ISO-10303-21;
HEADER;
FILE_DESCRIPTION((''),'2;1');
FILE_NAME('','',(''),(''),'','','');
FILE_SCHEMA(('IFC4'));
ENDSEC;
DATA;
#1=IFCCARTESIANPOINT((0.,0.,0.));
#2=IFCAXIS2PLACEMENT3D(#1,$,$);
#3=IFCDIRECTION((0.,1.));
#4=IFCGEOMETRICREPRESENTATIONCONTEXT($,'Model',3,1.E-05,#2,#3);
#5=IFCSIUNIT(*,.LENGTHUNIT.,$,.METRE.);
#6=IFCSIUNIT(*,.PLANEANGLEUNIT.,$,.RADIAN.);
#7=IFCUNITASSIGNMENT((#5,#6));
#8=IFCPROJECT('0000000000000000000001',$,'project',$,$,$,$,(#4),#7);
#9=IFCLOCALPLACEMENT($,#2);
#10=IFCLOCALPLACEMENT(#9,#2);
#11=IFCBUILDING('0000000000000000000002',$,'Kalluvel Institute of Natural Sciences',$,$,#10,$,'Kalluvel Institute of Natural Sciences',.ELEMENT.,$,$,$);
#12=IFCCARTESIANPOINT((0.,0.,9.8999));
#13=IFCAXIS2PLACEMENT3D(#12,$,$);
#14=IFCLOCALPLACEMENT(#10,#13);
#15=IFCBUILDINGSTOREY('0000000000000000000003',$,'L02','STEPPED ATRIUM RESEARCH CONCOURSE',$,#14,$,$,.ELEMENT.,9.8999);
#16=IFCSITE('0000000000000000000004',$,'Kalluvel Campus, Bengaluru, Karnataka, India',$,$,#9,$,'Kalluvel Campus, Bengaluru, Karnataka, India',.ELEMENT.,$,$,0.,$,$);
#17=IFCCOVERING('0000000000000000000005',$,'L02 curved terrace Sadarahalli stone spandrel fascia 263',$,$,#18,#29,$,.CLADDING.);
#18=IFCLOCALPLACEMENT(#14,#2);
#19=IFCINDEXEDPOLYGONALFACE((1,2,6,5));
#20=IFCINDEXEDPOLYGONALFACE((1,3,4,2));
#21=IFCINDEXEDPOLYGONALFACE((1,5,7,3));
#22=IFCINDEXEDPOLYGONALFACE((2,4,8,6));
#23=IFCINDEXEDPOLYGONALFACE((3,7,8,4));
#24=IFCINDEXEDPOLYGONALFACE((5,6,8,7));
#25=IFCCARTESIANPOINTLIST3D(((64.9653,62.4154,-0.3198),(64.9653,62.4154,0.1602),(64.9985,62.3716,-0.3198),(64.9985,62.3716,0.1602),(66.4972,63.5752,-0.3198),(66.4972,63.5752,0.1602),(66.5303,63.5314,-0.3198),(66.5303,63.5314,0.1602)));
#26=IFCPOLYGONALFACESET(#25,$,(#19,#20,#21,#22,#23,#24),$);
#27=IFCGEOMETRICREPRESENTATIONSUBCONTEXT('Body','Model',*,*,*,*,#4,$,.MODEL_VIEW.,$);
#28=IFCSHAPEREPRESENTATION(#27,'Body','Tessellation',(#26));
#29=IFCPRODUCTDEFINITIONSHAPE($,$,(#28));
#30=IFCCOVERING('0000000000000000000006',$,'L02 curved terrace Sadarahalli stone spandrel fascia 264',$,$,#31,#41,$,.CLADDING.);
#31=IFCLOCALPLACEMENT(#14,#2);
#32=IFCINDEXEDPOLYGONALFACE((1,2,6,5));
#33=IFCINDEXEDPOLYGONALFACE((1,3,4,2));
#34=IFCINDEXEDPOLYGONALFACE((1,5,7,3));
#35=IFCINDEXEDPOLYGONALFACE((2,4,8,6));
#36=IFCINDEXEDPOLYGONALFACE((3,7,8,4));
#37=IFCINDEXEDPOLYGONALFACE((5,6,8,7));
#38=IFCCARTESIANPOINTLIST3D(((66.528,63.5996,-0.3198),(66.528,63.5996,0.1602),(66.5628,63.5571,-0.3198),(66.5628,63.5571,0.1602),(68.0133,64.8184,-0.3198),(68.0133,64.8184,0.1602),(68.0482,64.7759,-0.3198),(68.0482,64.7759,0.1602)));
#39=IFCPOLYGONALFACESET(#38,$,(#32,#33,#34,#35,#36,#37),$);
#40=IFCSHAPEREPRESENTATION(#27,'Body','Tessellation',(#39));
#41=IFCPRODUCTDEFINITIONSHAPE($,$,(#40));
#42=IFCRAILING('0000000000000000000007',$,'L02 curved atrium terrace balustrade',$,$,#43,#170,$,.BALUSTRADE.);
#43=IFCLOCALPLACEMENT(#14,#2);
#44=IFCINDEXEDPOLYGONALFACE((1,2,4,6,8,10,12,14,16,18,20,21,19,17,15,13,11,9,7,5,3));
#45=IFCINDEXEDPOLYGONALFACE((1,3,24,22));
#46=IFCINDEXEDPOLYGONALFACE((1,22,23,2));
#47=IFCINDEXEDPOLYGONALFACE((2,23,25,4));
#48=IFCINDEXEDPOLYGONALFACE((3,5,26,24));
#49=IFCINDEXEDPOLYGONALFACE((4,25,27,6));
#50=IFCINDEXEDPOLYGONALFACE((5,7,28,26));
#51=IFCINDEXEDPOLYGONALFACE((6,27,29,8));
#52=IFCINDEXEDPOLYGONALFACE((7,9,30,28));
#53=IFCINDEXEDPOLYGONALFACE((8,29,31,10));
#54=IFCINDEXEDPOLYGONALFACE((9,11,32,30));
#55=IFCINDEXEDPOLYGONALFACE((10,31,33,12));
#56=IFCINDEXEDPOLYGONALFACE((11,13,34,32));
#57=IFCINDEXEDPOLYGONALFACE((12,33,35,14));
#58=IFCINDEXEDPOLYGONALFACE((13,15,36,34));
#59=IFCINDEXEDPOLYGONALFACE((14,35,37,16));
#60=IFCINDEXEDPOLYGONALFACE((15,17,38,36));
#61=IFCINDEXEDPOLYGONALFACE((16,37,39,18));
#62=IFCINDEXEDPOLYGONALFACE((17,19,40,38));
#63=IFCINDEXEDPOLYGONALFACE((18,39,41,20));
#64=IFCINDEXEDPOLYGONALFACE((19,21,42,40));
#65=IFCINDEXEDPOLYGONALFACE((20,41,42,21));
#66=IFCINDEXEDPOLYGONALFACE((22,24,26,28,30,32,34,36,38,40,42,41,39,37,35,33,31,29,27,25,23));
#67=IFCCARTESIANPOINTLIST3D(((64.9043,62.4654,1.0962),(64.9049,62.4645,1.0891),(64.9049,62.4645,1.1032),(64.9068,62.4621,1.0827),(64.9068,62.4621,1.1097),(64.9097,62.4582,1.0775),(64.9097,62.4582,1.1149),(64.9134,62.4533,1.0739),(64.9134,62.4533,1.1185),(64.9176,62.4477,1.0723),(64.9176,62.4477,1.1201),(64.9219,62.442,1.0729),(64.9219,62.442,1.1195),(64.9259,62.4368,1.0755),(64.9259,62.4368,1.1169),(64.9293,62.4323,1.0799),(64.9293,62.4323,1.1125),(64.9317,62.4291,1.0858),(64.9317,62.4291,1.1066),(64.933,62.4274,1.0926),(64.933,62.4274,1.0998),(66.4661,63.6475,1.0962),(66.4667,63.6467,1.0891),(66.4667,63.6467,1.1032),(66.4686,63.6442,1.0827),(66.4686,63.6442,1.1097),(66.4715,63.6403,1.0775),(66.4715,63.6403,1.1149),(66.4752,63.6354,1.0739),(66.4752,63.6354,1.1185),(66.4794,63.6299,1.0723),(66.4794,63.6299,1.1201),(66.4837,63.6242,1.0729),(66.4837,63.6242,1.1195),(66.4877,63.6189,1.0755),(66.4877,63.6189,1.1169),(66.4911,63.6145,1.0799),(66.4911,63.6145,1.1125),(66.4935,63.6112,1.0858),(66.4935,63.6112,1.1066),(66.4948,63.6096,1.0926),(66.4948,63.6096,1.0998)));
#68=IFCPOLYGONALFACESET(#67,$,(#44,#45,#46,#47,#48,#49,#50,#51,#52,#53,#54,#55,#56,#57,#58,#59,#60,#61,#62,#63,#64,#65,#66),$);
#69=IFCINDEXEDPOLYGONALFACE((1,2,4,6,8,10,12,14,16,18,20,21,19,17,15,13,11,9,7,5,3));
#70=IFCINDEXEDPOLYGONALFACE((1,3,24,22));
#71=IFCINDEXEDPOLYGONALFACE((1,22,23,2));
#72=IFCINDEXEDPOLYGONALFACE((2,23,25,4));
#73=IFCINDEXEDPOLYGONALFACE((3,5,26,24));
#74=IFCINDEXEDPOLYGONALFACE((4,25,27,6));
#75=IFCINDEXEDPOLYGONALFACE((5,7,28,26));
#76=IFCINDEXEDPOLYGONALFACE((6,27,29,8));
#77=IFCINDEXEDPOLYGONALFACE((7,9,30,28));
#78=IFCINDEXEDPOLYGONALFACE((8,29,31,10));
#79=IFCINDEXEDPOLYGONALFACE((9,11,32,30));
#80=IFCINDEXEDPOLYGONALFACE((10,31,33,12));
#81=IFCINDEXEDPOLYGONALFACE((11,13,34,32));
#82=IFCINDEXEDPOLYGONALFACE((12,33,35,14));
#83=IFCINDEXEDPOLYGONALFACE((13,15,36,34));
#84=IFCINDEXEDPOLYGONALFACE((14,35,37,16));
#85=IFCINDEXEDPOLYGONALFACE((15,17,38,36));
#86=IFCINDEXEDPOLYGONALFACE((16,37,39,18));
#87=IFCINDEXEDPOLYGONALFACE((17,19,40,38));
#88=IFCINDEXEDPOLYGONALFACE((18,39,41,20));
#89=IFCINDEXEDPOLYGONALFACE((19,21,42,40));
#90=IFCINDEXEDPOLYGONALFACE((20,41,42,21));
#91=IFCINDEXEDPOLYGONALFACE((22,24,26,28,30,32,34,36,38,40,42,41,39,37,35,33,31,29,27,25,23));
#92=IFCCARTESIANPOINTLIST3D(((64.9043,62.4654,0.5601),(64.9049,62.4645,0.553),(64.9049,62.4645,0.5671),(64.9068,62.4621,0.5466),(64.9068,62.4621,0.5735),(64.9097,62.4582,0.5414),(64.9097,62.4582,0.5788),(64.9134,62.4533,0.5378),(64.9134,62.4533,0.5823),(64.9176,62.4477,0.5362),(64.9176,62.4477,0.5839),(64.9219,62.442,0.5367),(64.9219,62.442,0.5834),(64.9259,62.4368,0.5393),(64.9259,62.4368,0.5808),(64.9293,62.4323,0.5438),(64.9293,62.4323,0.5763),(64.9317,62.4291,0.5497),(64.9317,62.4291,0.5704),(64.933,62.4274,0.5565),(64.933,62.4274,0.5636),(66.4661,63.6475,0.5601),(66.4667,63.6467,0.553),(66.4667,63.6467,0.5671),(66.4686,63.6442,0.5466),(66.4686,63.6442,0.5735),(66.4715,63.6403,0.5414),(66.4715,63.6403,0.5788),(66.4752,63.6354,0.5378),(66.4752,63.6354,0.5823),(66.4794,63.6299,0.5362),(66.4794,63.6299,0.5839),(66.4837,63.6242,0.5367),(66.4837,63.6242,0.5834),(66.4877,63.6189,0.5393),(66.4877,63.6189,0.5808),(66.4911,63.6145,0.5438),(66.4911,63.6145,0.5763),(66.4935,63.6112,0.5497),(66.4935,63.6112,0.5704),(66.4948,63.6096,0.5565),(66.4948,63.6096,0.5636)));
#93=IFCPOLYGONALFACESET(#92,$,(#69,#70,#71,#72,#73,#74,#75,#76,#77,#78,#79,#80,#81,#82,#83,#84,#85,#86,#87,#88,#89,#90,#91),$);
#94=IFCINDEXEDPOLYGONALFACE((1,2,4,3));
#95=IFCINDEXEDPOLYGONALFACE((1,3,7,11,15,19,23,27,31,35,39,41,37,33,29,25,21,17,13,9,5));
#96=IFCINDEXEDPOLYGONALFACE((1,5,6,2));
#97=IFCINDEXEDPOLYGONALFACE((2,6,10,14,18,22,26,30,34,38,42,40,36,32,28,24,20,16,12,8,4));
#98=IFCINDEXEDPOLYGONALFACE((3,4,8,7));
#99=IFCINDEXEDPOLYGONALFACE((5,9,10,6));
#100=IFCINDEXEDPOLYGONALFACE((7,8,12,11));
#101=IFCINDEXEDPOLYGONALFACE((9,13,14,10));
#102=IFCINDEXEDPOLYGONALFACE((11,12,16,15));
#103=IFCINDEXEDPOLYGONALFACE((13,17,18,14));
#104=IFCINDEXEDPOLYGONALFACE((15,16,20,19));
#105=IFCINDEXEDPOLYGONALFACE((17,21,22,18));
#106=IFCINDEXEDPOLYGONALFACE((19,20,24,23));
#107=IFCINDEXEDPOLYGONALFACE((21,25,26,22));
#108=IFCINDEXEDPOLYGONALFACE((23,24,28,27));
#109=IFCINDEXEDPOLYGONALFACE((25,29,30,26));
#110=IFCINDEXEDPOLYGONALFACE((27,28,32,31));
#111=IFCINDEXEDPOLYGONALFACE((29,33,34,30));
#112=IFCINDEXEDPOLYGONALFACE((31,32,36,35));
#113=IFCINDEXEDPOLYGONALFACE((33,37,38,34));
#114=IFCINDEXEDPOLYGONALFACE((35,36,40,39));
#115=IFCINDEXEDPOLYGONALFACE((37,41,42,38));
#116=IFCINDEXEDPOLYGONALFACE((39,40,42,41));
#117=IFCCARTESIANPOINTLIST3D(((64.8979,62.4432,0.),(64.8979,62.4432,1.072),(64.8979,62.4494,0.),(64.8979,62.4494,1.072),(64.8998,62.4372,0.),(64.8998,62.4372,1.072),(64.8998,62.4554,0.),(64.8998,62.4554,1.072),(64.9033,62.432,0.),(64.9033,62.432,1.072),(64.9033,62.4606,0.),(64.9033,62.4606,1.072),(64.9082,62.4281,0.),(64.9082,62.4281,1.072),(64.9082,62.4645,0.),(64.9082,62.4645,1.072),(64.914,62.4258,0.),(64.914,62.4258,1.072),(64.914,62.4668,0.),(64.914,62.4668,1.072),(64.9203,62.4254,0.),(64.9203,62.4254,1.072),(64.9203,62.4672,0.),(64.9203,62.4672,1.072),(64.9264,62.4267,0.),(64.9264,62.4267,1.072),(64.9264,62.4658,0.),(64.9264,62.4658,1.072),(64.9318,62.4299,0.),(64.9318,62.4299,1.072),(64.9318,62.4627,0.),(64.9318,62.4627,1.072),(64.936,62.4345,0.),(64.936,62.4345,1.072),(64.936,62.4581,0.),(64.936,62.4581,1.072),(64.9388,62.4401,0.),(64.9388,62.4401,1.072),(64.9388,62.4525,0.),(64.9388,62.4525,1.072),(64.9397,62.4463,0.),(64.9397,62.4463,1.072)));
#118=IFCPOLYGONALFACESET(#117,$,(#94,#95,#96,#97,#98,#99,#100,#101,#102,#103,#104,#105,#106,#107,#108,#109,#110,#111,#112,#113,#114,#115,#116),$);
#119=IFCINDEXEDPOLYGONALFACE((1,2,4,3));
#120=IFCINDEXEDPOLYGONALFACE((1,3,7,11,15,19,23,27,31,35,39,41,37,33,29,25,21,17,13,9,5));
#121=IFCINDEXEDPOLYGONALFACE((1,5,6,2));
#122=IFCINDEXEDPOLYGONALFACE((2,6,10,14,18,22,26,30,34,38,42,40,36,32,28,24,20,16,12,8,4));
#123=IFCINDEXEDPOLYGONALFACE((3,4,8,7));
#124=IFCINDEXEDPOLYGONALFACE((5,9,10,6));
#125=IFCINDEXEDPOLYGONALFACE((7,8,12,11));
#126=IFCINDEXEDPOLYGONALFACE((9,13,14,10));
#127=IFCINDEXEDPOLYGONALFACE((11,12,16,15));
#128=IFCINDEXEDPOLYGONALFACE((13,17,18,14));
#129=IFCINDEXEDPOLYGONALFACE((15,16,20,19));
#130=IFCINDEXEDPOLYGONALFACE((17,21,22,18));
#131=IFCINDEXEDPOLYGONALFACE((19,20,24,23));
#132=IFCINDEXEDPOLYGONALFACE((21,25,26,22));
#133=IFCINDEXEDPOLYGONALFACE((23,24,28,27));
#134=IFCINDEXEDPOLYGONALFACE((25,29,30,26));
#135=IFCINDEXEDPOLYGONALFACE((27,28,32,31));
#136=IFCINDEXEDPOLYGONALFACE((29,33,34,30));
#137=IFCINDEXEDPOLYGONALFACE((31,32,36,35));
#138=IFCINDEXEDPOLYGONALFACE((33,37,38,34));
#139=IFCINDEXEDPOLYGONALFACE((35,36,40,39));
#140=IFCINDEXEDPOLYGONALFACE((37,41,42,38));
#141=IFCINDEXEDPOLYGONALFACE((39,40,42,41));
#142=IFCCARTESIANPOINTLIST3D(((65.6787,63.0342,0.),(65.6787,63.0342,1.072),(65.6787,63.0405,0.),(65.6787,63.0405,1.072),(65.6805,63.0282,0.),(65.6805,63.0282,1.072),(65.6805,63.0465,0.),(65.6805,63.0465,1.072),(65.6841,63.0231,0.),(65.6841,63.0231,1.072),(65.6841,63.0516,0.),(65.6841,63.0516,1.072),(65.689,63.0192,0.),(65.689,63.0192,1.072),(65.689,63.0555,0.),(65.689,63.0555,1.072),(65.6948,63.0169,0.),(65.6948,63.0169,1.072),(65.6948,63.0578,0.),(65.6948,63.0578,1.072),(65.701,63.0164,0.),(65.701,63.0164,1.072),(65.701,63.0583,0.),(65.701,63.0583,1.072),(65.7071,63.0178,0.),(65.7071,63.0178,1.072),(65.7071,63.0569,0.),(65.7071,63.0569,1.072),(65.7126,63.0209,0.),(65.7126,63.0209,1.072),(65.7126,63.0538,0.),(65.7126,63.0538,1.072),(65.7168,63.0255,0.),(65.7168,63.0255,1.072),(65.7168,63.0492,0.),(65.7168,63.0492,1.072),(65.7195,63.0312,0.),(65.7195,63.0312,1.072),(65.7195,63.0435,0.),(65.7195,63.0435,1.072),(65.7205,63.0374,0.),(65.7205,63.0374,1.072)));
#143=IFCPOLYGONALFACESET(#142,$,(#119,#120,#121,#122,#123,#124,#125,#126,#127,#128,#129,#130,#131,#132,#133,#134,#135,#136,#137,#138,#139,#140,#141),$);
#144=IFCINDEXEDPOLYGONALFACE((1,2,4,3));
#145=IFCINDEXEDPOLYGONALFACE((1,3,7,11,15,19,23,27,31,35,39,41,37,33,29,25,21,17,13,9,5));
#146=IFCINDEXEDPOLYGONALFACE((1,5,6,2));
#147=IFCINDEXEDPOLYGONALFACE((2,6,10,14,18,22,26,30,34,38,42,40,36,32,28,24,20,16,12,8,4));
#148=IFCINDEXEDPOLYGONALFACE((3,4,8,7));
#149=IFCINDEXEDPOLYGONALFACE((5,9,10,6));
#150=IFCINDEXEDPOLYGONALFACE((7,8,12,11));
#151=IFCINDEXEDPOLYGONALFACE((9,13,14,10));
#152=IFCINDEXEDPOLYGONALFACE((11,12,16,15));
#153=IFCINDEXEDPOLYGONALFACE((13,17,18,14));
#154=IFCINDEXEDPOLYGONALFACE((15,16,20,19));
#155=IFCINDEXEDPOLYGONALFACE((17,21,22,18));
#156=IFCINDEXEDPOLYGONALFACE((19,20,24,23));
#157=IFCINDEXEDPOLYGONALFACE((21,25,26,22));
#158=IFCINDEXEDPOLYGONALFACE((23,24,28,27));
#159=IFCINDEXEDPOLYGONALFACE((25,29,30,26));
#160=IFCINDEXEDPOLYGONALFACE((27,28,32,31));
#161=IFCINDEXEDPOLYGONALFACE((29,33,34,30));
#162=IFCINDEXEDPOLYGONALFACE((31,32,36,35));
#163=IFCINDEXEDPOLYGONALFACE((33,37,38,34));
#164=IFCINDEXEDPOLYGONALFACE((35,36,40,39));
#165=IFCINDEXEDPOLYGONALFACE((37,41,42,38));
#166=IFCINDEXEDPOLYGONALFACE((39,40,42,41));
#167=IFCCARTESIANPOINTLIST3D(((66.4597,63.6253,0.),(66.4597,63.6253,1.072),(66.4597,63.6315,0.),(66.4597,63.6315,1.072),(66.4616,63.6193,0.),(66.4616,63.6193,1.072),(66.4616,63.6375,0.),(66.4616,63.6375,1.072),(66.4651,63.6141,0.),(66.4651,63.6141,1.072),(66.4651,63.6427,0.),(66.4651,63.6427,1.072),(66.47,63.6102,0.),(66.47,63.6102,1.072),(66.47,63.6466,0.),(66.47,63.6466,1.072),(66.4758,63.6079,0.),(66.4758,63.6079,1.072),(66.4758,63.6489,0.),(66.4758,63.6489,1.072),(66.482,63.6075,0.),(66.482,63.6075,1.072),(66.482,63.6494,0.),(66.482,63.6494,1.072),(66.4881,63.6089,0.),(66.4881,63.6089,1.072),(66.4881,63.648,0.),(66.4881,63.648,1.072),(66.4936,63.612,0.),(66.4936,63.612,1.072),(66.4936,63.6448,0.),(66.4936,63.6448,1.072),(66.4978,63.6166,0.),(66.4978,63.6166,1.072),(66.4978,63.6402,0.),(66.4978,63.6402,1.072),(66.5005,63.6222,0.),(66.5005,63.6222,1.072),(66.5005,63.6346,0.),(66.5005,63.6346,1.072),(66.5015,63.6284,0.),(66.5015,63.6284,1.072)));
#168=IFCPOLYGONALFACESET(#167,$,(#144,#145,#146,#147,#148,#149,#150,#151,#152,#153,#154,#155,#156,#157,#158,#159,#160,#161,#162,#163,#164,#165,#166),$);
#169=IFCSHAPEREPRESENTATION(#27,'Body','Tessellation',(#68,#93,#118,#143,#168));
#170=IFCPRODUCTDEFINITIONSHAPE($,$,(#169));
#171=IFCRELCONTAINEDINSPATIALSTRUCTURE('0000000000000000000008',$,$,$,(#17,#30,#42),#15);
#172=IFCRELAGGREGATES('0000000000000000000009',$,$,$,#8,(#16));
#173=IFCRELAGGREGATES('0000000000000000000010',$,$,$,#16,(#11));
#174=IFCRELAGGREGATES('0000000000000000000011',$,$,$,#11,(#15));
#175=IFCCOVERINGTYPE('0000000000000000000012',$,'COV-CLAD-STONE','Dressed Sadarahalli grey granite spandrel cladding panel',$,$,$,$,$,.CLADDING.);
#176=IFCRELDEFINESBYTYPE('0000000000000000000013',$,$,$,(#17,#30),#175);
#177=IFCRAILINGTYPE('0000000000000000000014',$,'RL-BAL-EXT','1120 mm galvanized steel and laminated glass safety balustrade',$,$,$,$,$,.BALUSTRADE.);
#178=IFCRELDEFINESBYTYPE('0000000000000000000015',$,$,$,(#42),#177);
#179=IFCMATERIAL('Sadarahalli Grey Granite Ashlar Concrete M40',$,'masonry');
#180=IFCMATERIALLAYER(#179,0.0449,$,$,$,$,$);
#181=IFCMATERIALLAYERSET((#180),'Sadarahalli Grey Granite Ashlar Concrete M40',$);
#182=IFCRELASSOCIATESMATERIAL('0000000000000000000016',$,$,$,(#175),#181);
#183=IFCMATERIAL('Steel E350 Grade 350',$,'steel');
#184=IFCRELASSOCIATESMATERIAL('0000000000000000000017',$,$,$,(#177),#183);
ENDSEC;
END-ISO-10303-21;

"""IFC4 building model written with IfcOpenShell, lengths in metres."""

from ifc_helpers import new_model, si_unit, direction, frame, origin, origin_2d, place, context, subcontext, project, spatial, rectangle, circle, extrude, material, layer, layer_set, type_object, element, save


model = new_model("IFC4")

# Units and contexts
model_context = context("Model", 3, precision=1e-05, world=origin(), true_north=direction((0.0, 1.0)))
body_context = subcontext(model_context, "Body", "Model", "MODEL_VIEW")
ifc_project = project(units=[si_unit("LENGTHUNIT", "METRE"), si_unit("PLANEANGLEUNIT", "RADIAN")], contexts=[model_context])

# Site, building, storey
site_placement = place(None, origin())
site = spatial("IfcSite", under=ifc_project, at=site_placement, Name="Kalluvel Campus, Bengaluru, Karnataka, India", LongName="Kalluvel Campus, Bengaluru, Karnataka, India", CompositionType="ELEMENT", RefElevation=0.0)
building_placement = place(site_placement, origin())
building = spatial("IfcBuilding", under=site, at=building_placement, Name="Kalluvel Institute of Natural Sciences", LongName="Kalluvel Institute of Natural Sciences", CompositionType="ELEMENT")
storey_placement = place(building_placement, frame((0.0, 0.0, 9.8999)))
storey = spatial("IfcBuildingStorey", under=building, at=storey_placement, Name="L02", Description="STEPPED ATRIUM RESEARCH CONCOURSE", CompositionType="ELEMENT", Elevation=9.8999)

# Coverings
ifc_material_1 = material(Name="Sadarahalli Grey Granite Ashlar Concrete M40", Category="masonry")
ifc_layer_1 = layer(ifc_material_1, 0.0449)
ifc_layer_set_1 = layer_set([ifc_layer_1], Name="Sadarahalli Grey Granite Ashlar Concrete M40")
covering_type = type_object("IfcCoveringType", Name="COV-CLAD-STONE", Description="Dressed Sadarahalli grey granite spandrel cladding panel", PredefinedType="CLADDING", material=ifc_layer_set_1)
for number, where, z_axis, x_axis, name in (
    (1, (65.7478, 62.9734, -0.3198), (0.0, 0.0, 1.0), (0.797268, 0.603626, 0.0), "L02 curved terrace Sadarahalli stone spandrel fascia 263"),
    (2, (67.2881, 64.1877, -0.3198), (0.0, 0.0, 1.0), (0.773066, 0.634326, 0.0), "L02 curved terrace Sadarahalli stone spandrel fascia 264"),
):
    element("IfcCovering", number, at=place(storey_placement, frame(where, z_axis=z_axis, x_axis=x_axis)), inside=storey, type_object=covering_type, Name=name, PredefinedType="CLADDING", context=body_context, shape_type="SweptSolid", body=[
        extrude(rectangle(XDim=1.9214, YDim=0.0549, at=origin_2d()), origin(), (0.0, 0.0, 1.0), 0.48),
    ])

# Railing
ifc_material_2 = material(Name="Steel E350 Grade 350", Category="steel")
railing_type = type_object("IfcRailingType", Name="RL-BAL-EXT", Description="1120 mm galvanized steel and laminated glass safety balustrade", PredefinedType="BALUSTRADE", material=ifc_material_2)
railing_1_placement = place(storey_placement, frame((64.9187, 62.4463, 0.0)))
element("IfcRailing", 3, at=railing_1_placement, inside=storey, type_object=railing_type, Name="L02 curved atrium terrace balustrade", PredefinedType="BALUSTRADE", context=body_context, shape_type="SweptSolid", body=[
    extrude(circle(Radius=0.0239, at=origin_2d()), frame((0.0, 0.0, 1.0962), z_axis=(0.797345, 0.603524, 0.0), x_axis=(-0.603524, 0.797345, 0.0)), (0.0, 0.0, 1.0), 1.9587),
    extrude(circle(Radius=0.0239, at=origin_2d()), frame((0.0, 0.0, 0.5601), z_axis=(0.797345, 0.603524, 0.0), x_axis=(-0.603524, 0.797345, 0.0)), (0.0, 0.0, 1.0), 1.9587),
    extrude(circle(Radius=0.021, at=origin_2d()), origin(), (0.0, 0.0, 1.0), 1.072),
    extrude(circle(Radius=0.021, at=origin_2d()), frame((0.7808, 0.5911, 0.0)), (0.0, 0.0, 1.0), 1.072),
    extrude(circle(Radius=0.021, at=origin_2d()), frame((1.5618, 1.1821, 0.0)), (0.0, 0.0, 1.0), 1.072),
])

save(model, "model.ifc")
